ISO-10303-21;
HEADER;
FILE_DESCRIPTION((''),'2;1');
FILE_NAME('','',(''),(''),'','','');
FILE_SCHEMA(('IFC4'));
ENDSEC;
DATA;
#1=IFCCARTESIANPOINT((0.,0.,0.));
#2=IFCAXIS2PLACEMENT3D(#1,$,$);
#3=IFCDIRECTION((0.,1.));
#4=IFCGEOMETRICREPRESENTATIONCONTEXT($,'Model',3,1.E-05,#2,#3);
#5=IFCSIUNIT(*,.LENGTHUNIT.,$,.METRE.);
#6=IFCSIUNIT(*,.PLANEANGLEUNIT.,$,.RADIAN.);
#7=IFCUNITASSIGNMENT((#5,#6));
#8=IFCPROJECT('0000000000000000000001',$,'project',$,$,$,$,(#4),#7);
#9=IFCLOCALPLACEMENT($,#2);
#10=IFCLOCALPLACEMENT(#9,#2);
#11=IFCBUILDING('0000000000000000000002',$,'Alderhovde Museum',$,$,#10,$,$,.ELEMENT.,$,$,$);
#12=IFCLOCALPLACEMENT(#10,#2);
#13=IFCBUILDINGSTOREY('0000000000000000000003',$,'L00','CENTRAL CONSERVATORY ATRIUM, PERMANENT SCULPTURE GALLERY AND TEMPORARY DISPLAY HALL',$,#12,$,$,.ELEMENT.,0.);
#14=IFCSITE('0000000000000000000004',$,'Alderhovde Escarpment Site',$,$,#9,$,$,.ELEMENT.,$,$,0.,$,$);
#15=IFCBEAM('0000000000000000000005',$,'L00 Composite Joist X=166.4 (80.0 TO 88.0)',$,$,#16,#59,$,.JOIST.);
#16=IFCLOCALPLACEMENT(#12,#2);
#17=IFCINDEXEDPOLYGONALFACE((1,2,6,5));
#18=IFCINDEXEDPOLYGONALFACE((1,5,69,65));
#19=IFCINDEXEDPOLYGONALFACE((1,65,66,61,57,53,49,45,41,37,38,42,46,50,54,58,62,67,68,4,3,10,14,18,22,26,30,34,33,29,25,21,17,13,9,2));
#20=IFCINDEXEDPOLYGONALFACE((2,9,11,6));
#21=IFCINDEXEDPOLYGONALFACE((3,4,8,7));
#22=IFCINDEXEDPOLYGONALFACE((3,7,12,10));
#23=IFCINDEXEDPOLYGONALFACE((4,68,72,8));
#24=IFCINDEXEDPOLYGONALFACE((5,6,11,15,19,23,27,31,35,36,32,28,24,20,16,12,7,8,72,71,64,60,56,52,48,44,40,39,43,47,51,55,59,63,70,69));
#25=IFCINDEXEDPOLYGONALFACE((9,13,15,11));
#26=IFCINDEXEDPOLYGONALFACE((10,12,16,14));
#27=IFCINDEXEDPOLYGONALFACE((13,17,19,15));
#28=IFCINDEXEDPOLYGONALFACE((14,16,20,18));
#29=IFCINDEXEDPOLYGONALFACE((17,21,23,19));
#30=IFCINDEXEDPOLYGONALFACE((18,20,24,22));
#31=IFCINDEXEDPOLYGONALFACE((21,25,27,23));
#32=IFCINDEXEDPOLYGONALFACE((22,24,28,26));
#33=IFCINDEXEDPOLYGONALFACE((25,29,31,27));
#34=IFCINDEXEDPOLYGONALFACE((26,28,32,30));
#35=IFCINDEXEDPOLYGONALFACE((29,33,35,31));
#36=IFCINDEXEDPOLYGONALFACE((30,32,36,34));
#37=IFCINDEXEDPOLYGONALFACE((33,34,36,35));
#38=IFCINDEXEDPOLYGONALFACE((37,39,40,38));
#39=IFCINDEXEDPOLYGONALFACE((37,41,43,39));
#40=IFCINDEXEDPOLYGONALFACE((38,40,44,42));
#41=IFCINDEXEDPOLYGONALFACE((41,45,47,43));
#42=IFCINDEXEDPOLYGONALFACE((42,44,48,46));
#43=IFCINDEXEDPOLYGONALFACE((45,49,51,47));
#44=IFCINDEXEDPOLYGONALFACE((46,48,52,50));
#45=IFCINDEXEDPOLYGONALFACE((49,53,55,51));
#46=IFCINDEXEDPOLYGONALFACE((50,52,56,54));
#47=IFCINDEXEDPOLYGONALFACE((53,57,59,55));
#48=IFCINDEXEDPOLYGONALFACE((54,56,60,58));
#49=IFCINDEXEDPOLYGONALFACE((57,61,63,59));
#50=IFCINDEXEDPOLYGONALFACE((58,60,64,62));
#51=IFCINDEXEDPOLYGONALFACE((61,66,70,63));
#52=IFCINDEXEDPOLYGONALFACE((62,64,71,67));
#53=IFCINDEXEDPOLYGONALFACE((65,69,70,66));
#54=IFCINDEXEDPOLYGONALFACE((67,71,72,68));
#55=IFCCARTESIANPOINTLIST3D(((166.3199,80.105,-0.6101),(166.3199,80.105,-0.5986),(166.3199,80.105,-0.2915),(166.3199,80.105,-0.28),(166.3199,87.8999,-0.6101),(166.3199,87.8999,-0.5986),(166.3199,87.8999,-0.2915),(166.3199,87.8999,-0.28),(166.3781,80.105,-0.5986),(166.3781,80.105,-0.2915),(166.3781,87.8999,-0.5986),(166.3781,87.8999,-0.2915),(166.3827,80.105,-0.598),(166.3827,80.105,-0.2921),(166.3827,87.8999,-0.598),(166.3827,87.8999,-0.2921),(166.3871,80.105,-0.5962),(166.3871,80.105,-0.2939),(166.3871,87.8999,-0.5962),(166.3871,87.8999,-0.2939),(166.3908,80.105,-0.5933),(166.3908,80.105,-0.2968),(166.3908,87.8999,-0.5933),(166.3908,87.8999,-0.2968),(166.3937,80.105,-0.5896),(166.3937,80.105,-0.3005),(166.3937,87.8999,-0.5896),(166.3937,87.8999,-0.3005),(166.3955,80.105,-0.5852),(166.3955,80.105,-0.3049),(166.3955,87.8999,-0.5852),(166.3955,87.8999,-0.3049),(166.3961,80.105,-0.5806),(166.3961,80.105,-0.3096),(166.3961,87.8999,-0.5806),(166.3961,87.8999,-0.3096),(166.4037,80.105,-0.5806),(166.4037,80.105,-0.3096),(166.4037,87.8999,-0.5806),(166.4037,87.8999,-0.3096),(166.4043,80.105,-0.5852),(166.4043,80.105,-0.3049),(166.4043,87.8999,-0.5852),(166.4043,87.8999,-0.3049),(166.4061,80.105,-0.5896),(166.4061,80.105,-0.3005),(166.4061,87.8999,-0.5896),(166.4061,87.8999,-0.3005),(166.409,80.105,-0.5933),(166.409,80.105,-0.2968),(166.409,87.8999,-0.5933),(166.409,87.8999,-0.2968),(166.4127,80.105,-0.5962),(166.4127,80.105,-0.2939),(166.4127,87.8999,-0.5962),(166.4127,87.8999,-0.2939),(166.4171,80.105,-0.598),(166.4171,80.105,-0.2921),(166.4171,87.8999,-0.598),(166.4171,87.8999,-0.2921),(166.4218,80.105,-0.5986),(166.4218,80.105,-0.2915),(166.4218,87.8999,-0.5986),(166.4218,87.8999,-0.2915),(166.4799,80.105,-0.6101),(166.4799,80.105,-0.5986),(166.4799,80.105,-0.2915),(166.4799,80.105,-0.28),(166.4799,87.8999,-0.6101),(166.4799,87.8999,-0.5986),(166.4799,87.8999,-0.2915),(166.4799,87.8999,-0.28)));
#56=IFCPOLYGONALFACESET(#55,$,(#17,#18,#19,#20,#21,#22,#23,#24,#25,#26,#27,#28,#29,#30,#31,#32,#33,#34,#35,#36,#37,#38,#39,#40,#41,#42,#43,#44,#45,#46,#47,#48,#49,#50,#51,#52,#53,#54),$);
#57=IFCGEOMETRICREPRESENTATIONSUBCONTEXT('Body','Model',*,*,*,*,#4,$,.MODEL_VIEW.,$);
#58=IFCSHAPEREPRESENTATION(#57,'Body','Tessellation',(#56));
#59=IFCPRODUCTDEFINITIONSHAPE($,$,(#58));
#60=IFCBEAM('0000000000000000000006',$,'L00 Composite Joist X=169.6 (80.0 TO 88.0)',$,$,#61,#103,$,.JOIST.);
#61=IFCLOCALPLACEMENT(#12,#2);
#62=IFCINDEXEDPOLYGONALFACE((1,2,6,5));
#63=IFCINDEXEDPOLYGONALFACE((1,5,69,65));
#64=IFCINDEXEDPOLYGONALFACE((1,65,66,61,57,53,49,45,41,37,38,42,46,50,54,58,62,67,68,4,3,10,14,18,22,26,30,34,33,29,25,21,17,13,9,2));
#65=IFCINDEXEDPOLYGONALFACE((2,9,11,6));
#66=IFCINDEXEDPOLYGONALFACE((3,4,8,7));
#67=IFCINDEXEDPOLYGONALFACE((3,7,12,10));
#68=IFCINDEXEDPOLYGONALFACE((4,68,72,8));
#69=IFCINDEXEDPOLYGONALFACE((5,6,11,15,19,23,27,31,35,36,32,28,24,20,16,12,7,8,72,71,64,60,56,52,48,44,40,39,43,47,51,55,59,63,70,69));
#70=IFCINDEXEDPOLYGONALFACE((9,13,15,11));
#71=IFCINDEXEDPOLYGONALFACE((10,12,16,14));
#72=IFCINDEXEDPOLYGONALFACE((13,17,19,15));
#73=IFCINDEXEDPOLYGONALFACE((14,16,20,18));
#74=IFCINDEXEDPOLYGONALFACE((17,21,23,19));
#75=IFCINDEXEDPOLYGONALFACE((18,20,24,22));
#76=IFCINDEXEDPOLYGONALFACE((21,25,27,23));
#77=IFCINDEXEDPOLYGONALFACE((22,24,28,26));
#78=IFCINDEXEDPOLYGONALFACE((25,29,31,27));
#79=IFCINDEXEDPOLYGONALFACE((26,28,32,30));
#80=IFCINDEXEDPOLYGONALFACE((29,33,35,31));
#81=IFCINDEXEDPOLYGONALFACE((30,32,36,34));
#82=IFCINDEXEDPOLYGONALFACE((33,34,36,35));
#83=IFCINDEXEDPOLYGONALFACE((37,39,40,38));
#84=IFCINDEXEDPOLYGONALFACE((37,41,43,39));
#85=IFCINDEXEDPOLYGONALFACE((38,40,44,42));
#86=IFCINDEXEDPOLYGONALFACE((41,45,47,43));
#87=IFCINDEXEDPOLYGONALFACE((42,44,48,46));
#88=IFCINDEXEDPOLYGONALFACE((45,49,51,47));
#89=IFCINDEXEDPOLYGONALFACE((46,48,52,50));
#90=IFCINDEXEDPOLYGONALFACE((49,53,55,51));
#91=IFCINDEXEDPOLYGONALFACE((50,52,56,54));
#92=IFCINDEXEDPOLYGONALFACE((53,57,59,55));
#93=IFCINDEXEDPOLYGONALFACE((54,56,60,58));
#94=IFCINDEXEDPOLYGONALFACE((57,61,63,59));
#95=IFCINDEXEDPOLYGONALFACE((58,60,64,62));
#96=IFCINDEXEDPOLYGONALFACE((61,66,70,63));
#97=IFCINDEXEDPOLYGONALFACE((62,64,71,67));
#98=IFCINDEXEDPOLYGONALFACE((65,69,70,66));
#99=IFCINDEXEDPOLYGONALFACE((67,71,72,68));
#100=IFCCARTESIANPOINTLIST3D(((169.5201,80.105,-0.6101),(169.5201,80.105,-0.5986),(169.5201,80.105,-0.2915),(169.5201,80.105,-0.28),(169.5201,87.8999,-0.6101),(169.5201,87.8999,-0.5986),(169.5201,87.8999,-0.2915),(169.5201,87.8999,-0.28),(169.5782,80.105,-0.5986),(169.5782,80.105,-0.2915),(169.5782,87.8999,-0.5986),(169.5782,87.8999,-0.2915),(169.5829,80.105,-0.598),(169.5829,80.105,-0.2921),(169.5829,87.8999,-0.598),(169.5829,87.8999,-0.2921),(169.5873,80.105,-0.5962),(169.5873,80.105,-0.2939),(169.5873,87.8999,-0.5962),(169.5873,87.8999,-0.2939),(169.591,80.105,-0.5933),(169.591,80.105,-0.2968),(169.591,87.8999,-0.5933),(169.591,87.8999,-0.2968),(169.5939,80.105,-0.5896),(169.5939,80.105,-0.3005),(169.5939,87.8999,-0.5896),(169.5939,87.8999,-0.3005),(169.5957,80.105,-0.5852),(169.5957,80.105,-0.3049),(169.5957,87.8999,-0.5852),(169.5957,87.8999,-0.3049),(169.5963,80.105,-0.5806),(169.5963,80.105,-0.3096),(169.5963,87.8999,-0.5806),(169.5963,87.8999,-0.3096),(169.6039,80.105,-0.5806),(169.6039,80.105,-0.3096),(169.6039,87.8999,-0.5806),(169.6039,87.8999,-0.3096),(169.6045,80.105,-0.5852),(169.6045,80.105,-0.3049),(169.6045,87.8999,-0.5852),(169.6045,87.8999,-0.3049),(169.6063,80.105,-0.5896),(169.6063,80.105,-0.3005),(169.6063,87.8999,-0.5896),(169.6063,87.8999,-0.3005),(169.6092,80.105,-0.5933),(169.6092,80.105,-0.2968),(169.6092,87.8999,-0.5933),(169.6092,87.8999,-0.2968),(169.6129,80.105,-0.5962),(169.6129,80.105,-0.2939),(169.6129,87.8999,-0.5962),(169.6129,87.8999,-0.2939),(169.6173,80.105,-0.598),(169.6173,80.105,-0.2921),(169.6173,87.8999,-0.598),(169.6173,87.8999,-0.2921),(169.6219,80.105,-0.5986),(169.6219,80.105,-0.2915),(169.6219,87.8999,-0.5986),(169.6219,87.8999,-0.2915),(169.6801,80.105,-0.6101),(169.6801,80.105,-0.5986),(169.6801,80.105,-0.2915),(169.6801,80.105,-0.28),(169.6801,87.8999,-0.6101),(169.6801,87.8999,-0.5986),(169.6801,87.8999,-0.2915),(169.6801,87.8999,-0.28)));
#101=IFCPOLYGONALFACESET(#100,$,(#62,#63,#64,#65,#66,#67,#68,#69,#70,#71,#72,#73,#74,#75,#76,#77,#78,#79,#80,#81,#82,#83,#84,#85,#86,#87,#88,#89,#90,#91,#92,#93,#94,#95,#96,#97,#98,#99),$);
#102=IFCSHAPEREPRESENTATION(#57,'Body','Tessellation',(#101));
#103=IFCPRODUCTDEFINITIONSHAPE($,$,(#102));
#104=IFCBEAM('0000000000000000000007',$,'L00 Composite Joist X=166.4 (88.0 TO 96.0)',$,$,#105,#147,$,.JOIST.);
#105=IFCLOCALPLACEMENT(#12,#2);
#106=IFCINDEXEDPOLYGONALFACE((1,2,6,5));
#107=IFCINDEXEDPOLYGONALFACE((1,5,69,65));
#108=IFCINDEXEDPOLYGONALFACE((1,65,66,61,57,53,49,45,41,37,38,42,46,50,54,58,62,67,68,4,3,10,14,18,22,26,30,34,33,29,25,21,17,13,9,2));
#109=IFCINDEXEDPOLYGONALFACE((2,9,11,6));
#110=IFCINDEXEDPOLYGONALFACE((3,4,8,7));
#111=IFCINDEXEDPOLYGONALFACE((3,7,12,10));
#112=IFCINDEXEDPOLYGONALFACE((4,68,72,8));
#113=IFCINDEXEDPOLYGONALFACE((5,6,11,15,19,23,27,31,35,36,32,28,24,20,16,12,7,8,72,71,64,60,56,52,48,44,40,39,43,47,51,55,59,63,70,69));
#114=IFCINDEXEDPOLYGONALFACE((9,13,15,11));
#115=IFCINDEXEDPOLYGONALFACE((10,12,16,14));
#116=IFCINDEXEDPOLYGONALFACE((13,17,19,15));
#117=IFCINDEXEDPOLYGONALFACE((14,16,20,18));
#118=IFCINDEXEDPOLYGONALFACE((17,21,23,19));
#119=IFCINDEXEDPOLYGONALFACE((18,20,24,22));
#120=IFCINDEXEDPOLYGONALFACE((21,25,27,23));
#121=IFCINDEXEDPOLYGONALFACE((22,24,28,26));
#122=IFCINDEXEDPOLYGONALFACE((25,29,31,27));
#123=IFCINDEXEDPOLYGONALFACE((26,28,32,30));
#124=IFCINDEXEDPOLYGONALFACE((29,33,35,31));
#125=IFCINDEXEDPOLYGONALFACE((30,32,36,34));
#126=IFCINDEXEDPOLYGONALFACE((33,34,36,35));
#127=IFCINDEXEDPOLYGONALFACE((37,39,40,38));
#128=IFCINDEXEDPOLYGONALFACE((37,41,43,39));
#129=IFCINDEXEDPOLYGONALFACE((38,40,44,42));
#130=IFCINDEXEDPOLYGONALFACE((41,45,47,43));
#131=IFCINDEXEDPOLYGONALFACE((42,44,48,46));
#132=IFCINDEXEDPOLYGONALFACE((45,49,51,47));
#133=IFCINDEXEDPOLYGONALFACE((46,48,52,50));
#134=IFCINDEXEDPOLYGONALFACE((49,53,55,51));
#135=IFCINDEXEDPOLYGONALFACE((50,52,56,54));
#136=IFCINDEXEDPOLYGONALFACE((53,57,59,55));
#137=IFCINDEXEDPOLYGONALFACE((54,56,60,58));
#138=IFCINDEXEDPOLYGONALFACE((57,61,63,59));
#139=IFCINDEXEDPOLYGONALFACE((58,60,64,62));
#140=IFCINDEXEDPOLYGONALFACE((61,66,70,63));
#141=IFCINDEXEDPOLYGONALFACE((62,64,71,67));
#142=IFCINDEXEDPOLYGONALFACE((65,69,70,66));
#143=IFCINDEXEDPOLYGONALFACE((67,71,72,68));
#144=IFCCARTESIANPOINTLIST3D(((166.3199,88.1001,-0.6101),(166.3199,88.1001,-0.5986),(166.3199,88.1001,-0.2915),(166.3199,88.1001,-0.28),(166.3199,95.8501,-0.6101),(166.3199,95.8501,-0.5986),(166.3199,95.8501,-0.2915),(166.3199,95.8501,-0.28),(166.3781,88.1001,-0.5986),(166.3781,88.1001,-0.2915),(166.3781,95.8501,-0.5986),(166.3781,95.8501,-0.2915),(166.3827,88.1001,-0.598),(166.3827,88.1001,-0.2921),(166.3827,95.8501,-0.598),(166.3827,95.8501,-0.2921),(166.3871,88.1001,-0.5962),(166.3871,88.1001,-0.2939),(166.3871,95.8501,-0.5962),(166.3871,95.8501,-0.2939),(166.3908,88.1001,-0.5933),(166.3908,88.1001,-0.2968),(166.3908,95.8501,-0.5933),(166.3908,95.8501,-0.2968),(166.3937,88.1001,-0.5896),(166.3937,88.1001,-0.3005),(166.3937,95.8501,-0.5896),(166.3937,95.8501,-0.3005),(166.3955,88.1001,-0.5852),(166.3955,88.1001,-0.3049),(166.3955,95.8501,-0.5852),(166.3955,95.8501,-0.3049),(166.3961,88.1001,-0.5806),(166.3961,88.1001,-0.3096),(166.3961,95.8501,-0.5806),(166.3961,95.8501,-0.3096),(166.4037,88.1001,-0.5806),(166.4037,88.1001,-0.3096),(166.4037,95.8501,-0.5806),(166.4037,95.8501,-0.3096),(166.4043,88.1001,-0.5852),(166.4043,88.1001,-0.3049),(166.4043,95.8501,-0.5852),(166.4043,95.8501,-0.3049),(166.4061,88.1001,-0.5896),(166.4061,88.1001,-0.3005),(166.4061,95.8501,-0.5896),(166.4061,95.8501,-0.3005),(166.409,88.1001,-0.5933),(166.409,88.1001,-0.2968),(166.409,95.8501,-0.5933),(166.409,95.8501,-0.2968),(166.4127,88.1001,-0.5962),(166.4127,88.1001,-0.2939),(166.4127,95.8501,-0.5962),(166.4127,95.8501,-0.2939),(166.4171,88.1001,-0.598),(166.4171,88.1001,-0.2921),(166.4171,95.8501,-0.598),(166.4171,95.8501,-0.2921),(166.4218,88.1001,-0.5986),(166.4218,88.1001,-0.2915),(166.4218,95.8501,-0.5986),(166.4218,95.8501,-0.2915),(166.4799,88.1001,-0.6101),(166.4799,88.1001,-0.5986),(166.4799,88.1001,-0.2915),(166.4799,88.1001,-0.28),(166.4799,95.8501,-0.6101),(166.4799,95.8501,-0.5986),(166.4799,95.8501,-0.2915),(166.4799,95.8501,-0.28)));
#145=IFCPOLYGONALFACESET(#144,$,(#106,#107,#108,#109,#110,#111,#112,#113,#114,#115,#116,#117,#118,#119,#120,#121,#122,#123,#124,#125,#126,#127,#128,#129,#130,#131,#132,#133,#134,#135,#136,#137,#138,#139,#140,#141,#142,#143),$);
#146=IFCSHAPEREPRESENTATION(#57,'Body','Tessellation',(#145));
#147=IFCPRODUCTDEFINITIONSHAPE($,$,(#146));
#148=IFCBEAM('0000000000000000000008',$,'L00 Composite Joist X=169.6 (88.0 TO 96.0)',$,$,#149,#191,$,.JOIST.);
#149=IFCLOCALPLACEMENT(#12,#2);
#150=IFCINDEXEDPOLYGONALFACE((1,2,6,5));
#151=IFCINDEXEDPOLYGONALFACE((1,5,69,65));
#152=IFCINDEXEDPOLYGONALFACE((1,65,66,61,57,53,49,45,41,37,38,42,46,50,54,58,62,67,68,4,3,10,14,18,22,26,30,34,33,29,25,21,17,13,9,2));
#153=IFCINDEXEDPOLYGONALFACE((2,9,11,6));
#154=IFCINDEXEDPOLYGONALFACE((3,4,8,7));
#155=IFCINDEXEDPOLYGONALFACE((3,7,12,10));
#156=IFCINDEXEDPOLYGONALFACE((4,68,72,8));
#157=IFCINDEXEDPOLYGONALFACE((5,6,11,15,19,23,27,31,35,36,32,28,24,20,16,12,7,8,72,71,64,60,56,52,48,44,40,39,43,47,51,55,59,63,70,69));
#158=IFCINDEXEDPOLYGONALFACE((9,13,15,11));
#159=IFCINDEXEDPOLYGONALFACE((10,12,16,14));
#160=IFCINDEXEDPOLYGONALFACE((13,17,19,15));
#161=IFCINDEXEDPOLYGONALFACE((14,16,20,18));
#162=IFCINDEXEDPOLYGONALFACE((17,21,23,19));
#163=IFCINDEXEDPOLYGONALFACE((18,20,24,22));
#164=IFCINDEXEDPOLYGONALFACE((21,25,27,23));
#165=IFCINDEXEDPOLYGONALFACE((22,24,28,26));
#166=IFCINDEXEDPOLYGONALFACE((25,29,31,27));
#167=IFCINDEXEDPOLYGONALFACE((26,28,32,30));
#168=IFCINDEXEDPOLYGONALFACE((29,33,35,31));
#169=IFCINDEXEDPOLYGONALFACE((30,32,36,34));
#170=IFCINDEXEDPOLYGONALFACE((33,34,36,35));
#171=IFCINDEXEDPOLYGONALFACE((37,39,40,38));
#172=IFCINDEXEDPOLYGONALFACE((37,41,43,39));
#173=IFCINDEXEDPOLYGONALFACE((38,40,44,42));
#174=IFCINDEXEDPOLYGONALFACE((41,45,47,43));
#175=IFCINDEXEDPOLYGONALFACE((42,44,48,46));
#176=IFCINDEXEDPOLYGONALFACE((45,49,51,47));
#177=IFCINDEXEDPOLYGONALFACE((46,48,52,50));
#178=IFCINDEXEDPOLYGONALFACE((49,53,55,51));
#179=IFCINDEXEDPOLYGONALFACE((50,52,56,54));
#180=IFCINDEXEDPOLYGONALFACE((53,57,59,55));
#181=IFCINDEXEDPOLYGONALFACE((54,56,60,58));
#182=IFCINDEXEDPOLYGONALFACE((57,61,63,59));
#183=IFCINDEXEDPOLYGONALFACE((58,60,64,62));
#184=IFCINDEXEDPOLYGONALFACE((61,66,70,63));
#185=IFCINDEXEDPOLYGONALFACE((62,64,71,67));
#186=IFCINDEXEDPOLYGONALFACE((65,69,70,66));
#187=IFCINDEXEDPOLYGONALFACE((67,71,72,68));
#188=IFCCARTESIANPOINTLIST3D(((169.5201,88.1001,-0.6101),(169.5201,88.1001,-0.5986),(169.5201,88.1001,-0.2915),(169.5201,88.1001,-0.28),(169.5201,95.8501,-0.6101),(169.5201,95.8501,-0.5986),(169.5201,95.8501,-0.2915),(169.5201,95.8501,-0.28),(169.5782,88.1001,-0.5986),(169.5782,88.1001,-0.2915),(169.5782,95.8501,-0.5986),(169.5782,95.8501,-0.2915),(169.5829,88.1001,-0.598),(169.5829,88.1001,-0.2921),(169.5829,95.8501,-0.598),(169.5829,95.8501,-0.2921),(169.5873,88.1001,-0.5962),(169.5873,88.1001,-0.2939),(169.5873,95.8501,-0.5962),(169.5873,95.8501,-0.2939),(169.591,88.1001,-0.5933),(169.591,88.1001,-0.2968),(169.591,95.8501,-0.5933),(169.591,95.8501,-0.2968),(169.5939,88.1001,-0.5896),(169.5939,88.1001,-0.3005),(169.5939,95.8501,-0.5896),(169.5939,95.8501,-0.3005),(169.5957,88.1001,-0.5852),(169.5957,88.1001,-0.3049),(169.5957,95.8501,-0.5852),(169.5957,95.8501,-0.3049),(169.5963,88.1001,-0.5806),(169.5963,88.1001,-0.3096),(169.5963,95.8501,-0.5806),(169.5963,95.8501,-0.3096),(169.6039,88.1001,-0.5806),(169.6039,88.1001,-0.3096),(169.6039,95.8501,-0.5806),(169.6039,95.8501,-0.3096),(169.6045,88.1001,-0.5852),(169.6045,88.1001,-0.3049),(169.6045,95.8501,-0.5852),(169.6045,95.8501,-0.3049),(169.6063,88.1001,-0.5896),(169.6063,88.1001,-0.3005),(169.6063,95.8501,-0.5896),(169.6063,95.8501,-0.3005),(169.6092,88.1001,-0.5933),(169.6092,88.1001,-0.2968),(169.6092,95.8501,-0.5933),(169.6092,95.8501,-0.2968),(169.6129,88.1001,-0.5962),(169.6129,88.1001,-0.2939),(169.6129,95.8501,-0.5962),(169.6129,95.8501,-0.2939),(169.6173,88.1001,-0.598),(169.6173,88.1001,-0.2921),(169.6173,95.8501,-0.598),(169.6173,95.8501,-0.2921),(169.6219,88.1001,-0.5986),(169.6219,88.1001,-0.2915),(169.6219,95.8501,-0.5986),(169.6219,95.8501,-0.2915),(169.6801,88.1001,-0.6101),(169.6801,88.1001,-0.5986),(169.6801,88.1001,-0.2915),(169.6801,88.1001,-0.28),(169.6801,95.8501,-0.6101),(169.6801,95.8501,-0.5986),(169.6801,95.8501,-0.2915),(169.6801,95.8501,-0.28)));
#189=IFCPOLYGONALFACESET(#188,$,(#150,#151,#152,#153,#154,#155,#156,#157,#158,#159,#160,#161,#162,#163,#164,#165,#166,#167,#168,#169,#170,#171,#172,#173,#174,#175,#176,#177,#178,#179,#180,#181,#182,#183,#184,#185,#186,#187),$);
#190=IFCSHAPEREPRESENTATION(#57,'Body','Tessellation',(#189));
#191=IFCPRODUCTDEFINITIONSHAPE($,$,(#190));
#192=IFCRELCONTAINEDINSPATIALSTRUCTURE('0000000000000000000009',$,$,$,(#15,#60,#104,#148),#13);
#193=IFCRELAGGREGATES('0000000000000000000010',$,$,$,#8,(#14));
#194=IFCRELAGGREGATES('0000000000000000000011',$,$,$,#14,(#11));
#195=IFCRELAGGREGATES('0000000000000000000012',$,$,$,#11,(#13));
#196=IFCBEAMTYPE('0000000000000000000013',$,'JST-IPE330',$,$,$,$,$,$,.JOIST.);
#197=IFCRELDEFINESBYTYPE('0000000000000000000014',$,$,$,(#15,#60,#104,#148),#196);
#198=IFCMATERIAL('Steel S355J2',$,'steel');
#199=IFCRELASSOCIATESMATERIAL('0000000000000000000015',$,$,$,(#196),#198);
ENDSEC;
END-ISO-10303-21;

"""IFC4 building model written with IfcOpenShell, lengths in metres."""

from ifc_helpers import new_model, si_unit, direction, frame, origin, origin_2d, place, context, subcontext, project, spatial, i_section, extrude, material, material_profile, profile_set, type_object, element, save


model = new_model("IFC4")

# Units and contexts
model_context = context("Model", 3, precision=1e-05, world=origin(), true_north=direction((0.0, 1.0)))
body_context = subcontext(model_context, "Body", "Model", "MODEL_VIEW")
ifc_project = project(units=[si_unit("LENGTHUNIT", "METRE"), si_unit("PLANEANGLEUNIT", "RADIAN")], contexts=[model_context])

# Site, building, storey
site_placement = place(None, origin())
site = spatial("IfcSite", under=ifc_project, at=site_placement, Name="Alderhovde Escarpment Site", CompositionType="ELEMENT", RefElevation=0.0)
building_placement = place(site_placement, origin())
building = spatial("IfcBuilding", under=site, at=building_placement, Name="Alderhovde Museum", CompositionType="ELEMENT")
storey_placement = place(building_placement, origin())
storey = spatial("IfcBuildingStorey", under=building, at=storey_placement, Name="L00", Description="CENTRAL CONSERVATORY ATRIUM, PERMANENT SCULPTURE GALLERY AND TEMPORARY DISPLAY HALL", CompositionType="ELEMENT", Elevation=0.0)

# Beams
ifc_material_1 = material(Name="Steel S355J2", Category="steel")
ifc_material_profile_1 = material_profile(ifc_material_1, i_section(OverallWidth=0.1599, OverallDepth=0.3301, WebThickness=0.0076, FlangeThickness=0.0115, FilletRadius=0.0181, at=origin_2d()), Name="IPE 330")
ifc_profile_set_1 = profile_set([ifc_material_profile_1], Name="Steel S355J2")
beam_type_1 = type_object("IfcBeamType", Name="JST-IPE330", PredefinedType="JOIST", material=ifc_profile_set_1)
for number, where, z_axis, x_axis, name in (
    (1, (166.3999, 80.105, -0.4451), (0.0, 1.0, 0.0), (-1.0, 0.0, 0.0), "L00 Composite Joist X=166.4 (80.0 TO 88.0)"),
    (2, (169.6001, 80.105, -0.4451), (0.0, 1.0, 0.0), (-1.0, 0.0, 0.0), "L00 Composite Joist X=169.6 (80.0 TO 88.0)"),
):
    element("IfcBeam", number, at=place(storey_placement, frame(where, z_axis=z_axis, x_axis=x_axis)), inside=storey, type_object=beam_type_1, Name=name, PredefinedType="JOIST", context=body_context, shape_type="SweptSolid", body=[
        extrude(i_section(OverallWidth=0.1599, OverallDepth=0.3301, WebThickness=0.0076, FlangeThickness=0.0115, FilletRadius=0.0181, at=origin_2d()), origin(), (0.0, 0.0, 1.0), 7.7949),
    ])
for number, where, z_axis, x_axis, name in (
    (3, (166.3999, 88.1001, -0.4451), (0.0, 1.0, 0.0), (-1.0, 0.0, 0.0), "L00 Composite Joist X=166.4 (88.0 TO 96.0)"),
    (4, (169.6001, 88.1001, -0.4451), (0.0, 1.0, 0.0), (-1.0, 0.0, 0.0), "L00 Composite Joist X=169.6 (88.0 TO 96.0)"),
):
    element("IfcBeam", number, at=place(storey_placement, frame(where, z_axis=z_axis, x_axis=x_axis)), inside=storey, type_object=beam_type_1, Name=name, PredefinedType="JOIST", context=body_context, shape_type="SweptSolid", body=[
        extrude(i_section(OverallWidth=0.1599, OverallDepth=0.3301, WebThickness=0.0076, FlangeThickness=0.0115, FilletRadius=0.0181, at=origin_2d()), origin(), (0.0, 0.0, 1.0), 7.75),
    ])

save(model, "model.ifc")
